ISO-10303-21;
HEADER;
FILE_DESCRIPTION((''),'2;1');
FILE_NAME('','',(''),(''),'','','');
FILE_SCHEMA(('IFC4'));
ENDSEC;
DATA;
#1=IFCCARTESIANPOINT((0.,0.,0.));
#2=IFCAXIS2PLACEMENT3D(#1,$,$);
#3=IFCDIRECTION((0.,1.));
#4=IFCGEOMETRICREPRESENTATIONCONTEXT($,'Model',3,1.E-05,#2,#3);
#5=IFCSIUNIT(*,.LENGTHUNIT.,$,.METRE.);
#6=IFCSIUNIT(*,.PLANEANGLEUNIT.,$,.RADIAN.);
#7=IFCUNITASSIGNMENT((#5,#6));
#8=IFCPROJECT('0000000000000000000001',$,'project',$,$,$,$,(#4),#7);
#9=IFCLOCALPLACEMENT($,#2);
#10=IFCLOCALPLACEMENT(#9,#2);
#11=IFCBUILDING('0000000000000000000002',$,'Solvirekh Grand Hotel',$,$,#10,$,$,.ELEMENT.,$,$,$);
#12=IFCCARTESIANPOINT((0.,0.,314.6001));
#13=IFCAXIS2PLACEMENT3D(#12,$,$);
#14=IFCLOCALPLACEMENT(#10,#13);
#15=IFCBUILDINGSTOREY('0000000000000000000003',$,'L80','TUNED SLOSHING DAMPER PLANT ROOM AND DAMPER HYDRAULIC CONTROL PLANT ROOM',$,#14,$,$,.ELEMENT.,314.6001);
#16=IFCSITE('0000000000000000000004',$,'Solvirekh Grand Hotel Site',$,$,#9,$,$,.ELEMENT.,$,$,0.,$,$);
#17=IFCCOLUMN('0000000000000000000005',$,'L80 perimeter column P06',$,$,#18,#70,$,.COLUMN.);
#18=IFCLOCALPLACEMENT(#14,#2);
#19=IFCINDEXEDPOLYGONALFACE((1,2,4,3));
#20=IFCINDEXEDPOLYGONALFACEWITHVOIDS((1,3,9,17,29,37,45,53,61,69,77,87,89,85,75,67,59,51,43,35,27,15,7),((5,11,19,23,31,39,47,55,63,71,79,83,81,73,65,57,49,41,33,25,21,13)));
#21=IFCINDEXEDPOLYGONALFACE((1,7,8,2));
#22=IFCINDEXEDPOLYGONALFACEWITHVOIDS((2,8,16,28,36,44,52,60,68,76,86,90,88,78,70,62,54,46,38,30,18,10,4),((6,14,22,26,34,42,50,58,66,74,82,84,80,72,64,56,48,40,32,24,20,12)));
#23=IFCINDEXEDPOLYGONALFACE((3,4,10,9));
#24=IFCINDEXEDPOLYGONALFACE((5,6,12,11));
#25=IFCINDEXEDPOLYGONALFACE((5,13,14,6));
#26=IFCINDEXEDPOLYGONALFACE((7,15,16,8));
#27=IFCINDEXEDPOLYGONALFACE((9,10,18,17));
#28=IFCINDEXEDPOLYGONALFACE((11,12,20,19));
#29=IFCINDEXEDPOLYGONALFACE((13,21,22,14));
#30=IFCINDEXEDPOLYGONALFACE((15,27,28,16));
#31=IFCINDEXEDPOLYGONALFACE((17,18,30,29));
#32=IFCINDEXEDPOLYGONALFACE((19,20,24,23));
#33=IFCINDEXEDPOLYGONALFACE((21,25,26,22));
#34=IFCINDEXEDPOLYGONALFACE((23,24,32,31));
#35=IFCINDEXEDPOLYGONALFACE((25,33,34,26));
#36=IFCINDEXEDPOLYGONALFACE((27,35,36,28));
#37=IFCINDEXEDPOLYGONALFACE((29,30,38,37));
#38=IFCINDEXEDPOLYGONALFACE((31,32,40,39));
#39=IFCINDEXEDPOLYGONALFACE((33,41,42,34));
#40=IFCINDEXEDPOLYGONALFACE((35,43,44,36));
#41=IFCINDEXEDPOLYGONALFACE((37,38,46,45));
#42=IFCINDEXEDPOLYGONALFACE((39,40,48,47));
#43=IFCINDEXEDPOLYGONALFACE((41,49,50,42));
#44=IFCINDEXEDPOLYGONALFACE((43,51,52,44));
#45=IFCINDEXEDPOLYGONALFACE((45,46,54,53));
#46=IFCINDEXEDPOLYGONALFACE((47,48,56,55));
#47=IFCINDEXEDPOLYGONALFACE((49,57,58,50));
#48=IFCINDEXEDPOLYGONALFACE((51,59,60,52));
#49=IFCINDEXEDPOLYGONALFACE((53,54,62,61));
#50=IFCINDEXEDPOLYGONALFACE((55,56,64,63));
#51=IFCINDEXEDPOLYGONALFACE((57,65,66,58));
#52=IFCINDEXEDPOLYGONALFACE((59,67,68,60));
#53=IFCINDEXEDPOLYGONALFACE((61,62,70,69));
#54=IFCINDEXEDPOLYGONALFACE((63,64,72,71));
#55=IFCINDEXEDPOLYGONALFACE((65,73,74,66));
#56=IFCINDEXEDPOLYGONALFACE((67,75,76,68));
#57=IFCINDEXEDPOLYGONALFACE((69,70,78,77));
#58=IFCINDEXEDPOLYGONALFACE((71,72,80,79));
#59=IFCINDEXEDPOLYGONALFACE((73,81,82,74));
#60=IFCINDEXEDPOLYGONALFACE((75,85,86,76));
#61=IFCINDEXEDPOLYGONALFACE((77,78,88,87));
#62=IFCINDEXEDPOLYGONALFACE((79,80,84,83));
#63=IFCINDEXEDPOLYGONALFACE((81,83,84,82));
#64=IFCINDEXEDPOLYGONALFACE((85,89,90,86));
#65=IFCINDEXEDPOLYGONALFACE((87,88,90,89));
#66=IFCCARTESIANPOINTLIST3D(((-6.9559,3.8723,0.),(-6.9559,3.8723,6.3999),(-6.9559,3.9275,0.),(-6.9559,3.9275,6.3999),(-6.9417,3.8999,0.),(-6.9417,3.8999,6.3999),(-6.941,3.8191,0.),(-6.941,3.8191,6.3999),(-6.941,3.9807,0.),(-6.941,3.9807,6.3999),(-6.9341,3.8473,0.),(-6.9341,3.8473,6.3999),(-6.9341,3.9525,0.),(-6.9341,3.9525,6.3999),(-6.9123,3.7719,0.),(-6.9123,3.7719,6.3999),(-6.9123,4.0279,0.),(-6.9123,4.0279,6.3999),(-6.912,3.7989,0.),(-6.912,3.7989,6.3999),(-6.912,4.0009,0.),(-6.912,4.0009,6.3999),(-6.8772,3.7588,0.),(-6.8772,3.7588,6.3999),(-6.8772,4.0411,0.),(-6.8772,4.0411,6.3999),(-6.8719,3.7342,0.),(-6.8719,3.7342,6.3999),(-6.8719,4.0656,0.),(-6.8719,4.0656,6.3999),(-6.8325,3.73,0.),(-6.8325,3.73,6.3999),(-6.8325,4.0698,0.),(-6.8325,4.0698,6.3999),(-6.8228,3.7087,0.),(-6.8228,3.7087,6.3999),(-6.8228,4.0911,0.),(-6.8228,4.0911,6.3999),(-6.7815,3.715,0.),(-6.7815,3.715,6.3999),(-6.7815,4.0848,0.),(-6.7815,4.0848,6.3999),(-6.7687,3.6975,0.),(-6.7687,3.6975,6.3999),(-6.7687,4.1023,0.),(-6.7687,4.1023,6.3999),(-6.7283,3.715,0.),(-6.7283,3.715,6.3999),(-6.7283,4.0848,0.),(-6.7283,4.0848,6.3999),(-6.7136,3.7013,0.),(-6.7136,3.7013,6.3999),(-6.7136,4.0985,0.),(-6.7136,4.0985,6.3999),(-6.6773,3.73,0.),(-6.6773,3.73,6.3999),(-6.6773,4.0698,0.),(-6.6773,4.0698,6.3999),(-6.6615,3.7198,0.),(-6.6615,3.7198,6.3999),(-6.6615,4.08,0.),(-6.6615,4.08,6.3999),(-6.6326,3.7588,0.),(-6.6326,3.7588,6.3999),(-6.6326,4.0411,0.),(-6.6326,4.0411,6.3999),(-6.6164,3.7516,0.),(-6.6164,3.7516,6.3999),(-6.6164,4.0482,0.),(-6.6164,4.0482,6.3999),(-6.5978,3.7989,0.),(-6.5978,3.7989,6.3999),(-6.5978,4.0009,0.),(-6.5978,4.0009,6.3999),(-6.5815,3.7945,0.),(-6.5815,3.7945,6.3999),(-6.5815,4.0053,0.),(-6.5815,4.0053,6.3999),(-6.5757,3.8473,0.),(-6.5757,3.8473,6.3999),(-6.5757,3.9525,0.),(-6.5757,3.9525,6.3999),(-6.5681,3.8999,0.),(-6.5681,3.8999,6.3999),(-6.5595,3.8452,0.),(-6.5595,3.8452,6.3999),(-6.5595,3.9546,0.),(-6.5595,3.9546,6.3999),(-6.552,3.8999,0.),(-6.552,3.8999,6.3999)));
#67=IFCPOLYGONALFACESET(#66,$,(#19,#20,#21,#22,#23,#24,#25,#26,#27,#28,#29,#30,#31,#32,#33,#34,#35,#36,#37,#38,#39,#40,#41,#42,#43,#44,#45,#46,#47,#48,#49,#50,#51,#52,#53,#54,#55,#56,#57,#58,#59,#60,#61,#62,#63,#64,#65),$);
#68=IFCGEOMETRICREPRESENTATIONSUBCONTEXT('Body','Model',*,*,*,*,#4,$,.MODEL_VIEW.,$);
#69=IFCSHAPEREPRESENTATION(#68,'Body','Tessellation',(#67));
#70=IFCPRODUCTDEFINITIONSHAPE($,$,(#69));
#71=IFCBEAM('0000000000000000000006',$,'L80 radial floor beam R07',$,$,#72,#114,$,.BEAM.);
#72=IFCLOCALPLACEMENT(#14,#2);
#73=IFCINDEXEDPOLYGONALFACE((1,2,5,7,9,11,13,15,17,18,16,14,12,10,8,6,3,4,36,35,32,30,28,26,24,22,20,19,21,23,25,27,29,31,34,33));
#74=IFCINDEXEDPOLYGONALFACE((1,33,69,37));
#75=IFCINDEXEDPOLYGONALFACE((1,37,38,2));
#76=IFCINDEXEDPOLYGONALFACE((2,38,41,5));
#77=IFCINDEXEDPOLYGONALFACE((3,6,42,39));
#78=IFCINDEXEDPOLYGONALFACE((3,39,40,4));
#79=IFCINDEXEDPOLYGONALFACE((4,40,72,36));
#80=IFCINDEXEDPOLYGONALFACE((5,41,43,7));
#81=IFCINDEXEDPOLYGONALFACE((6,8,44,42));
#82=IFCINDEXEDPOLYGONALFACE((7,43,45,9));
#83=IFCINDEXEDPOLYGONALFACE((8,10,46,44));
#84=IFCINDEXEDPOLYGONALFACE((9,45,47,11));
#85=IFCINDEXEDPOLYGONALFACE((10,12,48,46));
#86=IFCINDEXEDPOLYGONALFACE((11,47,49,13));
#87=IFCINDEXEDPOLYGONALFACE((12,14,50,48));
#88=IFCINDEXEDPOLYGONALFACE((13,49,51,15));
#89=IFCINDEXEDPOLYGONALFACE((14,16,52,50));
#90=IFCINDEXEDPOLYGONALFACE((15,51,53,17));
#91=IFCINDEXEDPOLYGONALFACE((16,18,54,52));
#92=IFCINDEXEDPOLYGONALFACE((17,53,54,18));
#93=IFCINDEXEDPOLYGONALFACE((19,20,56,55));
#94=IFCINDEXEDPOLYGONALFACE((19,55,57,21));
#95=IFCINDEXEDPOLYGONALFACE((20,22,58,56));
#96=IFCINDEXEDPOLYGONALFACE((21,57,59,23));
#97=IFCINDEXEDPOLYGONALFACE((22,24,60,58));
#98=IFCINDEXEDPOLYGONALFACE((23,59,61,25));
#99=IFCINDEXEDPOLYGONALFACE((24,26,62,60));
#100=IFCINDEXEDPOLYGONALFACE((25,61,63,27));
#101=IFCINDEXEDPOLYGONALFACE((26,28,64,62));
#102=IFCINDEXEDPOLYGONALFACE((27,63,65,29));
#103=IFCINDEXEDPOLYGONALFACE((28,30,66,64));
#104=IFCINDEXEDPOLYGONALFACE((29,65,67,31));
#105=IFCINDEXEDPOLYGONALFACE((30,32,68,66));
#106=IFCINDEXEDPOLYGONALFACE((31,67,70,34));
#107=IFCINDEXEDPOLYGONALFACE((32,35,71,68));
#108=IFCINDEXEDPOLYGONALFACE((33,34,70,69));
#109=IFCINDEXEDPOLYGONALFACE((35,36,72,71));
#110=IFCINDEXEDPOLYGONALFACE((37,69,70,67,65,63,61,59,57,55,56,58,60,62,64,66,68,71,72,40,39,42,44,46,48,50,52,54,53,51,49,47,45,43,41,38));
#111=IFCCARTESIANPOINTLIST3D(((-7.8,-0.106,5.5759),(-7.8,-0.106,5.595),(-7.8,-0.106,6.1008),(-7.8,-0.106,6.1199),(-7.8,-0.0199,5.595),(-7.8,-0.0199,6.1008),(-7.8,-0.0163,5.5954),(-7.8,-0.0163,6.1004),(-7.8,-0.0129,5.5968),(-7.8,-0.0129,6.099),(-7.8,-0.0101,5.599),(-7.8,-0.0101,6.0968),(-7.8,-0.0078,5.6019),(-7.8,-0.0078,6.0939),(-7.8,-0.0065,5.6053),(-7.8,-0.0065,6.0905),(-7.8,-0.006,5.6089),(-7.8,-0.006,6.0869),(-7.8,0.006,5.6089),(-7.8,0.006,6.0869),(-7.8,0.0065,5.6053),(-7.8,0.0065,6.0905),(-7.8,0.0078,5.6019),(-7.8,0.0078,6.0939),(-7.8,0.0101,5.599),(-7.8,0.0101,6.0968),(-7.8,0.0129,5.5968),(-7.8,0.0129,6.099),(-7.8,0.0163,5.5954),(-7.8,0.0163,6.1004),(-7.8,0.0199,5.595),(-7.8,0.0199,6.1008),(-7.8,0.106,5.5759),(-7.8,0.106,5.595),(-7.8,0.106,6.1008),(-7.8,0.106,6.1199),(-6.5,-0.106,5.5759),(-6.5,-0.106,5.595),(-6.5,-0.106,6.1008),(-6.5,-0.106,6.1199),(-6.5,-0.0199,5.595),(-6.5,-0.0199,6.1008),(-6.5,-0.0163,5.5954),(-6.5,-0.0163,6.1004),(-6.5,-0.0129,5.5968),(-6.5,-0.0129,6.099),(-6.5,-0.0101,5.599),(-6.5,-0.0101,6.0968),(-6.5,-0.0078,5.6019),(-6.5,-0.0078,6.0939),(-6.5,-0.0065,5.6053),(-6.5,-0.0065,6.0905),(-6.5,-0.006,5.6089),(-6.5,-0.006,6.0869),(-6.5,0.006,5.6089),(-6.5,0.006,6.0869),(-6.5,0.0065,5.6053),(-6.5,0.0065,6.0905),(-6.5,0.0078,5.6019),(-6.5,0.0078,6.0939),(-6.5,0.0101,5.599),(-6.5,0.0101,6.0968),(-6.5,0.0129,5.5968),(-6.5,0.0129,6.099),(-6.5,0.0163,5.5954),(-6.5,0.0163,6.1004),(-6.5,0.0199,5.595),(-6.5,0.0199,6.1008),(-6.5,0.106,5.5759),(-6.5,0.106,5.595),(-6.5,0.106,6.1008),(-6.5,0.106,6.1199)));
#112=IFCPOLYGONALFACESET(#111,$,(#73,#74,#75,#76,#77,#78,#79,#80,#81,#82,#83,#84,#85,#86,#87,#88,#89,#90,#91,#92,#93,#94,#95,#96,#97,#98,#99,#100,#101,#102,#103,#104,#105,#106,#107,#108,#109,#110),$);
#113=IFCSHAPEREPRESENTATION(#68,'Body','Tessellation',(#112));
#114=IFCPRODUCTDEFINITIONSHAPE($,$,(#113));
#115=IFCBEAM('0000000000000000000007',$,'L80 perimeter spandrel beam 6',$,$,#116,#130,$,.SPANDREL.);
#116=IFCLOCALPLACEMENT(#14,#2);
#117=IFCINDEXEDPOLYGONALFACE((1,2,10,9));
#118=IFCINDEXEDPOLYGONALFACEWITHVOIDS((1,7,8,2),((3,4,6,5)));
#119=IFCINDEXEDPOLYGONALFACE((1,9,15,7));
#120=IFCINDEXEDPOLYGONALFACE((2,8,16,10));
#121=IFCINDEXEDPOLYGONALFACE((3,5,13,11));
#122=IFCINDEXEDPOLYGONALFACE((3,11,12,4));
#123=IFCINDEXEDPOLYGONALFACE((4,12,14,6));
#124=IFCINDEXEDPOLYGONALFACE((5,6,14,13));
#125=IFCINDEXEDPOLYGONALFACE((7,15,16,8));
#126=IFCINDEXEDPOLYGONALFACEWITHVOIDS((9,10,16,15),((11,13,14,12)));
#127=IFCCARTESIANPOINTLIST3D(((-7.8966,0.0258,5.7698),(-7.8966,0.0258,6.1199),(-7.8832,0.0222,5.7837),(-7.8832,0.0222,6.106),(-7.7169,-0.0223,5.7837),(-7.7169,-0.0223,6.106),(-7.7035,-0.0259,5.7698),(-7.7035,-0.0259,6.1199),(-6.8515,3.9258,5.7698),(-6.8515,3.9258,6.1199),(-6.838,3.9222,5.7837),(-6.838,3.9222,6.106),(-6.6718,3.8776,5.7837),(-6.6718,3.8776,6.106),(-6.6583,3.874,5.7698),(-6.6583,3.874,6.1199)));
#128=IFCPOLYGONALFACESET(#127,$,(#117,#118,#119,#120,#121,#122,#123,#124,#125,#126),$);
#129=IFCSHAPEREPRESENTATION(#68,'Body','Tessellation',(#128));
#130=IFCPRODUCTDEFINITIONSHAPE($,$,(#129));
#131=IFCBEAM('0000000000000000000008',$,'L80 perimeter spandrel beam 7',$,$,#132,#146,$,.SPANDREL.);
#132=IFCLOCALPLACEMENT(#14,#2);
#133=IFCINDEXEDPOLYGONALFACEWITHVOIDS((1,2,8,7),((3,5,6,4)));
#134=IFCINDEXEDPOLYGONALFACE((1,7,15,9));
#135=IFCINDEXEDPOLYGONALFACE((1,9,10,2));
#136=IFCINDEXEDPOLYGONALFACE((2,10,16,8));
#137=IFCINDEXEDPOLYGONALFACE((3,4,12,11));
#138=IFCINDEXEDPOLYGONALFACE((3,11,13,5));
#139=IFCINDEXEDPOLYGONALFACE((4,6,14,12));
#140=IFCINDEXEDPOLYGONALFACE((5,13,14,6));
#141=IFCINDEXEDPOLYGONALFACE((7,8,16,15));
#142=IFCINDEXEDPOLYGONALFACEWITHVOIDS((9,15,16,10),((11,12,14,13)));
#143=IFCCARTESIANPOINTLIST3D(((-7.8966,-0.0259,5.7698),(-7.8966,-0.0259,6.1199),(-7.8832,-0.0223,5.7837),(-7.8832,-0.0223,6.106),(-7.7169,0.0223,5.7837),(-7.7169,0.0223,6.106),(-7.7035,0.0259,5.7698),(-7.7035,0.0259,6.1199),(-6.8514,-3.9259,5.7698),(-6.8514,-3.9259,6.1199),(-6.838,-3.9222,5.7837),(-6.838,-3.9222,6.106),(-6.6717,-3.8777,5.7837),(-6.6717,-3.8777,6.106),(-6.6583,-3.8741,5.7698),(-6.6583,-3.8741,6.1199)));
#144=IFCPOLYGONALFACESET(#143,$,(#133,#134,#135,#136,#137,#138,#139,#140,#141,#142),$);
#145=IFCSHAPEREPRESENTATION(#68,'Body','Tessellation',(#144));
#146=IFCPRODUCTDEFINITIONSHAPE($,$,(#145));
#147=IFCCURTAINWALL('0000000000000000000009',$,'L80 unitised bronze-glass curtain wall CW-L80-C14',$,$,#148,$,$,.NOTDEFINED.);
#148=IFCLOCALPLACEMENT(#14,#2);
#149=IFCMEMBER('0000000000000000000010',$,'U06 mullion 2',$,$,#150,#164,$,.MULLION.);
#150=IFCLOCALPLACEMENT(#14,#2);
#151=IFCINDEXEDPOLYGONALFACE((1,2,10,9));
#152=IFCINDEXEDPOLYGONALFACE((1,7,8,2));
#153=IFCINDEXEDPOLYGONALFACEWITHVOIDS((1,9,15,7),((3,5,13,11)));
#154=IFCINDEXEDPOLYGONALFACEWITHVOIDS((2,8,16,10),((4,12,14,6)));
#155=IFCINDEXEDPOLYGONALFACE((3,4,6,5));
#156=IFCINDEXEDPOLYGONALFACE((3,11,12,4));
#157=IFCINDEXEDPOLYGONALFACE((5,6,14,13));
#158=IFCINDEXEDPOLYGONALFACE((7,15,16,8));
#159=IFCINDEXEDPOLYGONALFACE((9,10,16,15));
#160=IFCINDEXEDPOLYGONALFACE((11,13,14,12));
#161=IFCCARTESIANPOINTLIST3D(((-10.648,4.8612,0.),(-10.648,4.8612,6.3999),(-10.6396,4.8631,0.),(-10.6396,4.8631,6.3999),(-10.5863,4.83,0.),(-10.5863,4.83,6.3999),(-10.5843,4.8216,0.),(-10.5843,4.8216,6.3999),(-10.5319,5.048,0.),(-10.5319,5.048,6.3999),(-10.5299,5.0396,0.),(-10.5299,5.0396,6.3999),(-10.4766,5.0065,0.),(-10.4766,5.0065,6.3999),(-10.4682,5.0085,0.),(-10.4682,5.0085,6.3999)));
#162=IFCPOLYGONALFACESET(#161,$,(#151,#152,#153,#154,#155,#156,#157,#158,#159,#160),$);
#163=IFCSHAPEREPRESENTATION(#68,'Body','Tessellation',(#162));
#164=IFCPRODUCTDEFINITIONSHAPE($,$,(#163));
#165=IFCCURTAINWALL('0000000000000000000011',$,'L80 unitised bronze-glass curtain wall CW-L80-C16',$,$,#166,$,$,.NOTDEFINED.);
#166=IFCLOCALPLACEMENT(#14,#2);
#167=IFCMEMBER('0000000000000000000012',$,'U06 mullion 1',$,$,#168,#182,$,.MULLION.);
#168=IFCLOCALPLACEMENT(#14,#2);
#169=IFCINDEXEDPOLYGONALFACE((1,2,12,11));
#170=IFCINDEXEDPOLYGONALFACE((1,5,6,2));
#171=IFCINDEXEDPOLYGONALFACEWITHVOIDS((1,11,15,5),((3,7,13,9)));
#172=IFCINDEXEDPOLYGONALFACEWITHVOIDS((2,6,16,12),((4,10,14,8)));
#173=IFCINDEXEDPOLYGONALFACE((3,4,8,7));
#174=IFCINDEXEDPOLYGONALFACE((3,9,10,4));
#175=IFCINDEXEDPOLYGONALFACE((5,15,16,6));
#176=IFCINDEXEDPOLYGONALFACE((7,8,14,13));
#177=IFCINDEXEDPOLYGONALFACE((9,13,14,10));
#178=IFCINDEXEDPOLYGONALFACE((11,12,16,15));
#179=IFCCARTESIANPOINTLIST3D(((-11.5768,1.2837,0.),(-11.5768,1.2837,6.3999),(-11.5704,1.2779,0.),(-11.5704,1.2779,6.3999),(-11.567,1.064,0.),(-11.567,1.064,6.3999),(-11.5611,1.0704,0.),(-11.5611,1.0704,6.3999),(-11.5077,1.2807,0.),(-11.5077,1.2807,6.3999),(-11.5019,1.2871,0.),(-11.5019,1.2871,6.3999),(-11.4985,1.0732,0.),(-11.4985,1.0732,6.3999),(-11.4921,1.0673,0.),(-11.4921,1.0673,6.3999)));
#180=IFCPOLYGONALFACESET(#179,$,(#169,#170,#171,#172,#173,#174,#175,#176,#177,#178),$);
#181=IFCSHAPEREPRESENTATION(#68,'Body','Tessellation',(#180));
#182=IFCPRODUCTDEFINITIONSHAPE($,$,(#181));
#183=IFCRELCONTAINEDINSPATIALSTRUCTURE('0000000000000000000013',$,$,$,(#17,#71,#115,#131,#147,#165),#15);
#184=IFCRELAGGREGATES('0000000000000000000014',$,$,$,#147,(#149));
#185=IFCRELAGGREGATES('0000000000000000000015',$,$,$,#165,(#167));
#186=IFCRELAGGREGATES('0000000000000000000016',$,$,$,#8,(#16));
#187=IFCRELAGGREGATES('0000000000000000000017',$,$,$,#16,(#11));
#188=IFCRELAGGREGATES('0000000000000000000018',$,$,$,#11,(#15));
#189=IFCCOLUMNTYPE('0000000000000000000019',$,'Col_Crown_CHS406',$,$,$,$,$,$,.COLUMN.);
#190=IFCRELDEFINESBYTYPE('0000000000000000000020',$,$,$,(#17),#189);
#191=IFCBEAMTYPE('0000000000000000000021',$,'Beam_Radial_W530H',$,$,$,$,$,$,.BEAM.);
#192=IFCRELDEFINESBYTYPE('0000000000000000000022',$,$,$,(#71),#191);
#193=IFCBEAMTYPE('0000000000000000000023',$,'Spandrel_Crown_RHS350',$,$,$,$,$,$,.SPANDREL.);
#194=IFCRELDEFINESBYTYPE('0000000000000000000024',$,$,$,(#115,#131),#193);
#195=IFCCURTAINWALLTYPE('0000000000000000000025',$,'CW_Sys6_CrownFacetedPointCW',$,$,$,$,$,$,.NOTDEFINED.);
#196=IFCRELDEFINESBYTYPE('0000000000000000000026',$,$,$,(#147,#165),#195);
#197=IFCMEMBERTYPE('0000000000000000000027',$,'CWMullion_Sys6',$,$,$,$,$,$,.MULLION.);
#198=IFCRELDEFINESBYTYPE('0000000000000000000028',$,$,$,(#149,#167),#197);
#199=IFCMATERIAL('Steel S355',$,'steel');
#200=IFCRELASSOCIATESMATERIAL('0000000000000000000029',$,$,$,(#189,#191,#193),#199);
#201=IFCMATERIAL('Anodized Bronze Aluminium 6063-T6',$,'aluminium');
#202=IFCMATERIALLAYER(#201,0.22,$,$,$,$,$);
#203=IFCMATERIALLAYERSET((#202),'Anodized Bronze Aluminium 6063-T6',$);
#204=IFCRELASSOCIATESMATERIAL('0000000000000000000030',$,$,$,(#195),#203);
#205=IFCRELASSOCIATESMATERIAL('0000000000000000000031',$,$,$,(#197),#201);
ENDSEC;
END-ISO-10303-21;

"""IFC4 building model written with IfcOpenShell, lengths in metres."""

from ifc_helpers import new_model, si_unit, direction, frame, origin, origin_2d, place, context, subcontext, project, spatial, hollow_rectangle, hollow_circle, i_section, extrude, source, transform, mapped, material, layer, layer_set, material_profile, profile_set, type_object, element, aggregate, save


model = new_model("IFC4")

# Units and contexts
model_context = context("Model", 3, precision=1e-05, world=origin(), true_north=direction((0.0, 1.0)))
body_context = subcontext(model_context, "Body", "Model", "MODEL_VIEW")
ifc_project = project(units=[si_unit("LENGTHUNIT", "METRE"), si_unit("PLANEANGLEUNIT", "RADIAN")], contexts=[model_context])

# Site, building, storey
site_placement = place(None, origin())
site = spatial("IfcSite", under=ifc_project, at=site_placement, Name="Solvirekh Grand Hotel Site", CompositionType="ELEMENT", RefElevation=0.0)
building_placement = place(site_placement, origin())
building = spatial("IfcBuilding", under=site, at=building_placement, Name="Solvirekh Grand Hotel", CompositionType="ELEMENT")
storey_placement = place(building_placement, frame((0.0, 0.0, 314.6001)))
storey = spatial("IfcBuildingStorey", under=building, at=storey_placement, Name="L80", Description="TUNED SLOSHING DAMPER PLANT ROOM AND DAMPER HYDRAULIC CONTROL PLANT ROOM", CompositionType="ELEMENT", Elevation=314.6001)

# Column
ifc_material_1 = material(Name="Steel S355", Category="steel")
ifc_material_profile_1 = material_profile(ifc_material_1, hollow_circle(Radius=0.2029, WallThickness=0.0161, at=origin_2d()), Name="CHS 406X16")
ifc_profile_set_1 = profile_set([ifc_material_profile_1], Name="Steel S355")
column_type = type_object("IfcColumnType", Name="Col_Crown_CHS406", PredefinedType="COLUMN", material=ifc_profile_set_1)
column_placement = place(storey_placement, frame((-6.7549, 3.8999, 0.0), z_axis=(0.0, 0.0, 1.0), x_axis=(1.0, 0.0, 0.0)))
element("IfcColumn", 1, at=column_placement, inside=storey, type_object=column_type, Name="L80 perimeter column P06", PredefinedType="COLUMN", context=body_context, shape_type="SweptSolid", body=[
    extrude(hollow_circle(Radius=0.2029, WallThickness=0.0161, at=origin_2d()), origin(), (0.0, 0.0, 1.0), 6.3999),
])

# Beams
ifc_material_profile_2 = material_profile(ifc_material_1, i_section(OverallWidth=0.2119, OverallDepth=0.5439, WebThickness=0.012, FlangeThickness=0.019, FilletRadius=0.0139, at=origin_2d()), Name="W530X123")
ifc_profile_set_2 = profile_set([ifc_material_profile_2], Name="Steel S355")
beam_type_1 = type_object("IfcBeamType", Name="Beam_Radial_W530H", PredefinedType="BEAM", material=ifc_profile_set_2)
beam_placement = place(storey_placement, frame((-6.5, 0.0, 5.8479), z_axis=(-1.0, 0.0, 0.0), x_axis=(0.0, -1.0, 0.0)))
element("IfcBeam", 2, at=beam_placement, inside=storey, type_object=beam_type_1, Name="L80 radial floor beam R07", PredefinedType="BEAM", context=body_context, shape_type="SweptSolid", body=[
    extrude(i_section(OverallWidth=0.2119, OverallDepth=0.5439, WebThickness=0.012, FlangeThickness=0.019, FilletRadius=0.0139, at=origin_2d()), origin(), (0.0, 0.0, 1.0), 1.3),
])
ifc_material_profile_3 = material_profile(ifc_material_1, hollow_rectangle(XDim=0.2, YDim=0.3501, WallThickness=0.0139, at=origin_2d()), Name="RHS 350X200X14")
ifc_profile_set_3 = profile_set([ifc_material_profile_3], Name="Steel S355")
beam_type_2 = type_object("IfcBeamType", Name="Spandrel_Crown_RHS350", PredefinedType="SPANDREL", material=ifc_profile_set_3)
for number, where, z_axis, x_axis, name in (
    (3, (-6.7549, 3.8999, 5.9448), (-0.258863, -0.965914, 0.0), (0.965914, -0.258863, 0.0), "L80 perimeter spandrel beam 6"),
    (4, (-7.8, 0.0, 5.9448), (0.258863, -0.965914, 0.0), (0.965914, 0.258863, 0.0), "L80 perimeter spandrel beam 7"),
):
    element("IfcBeam", number, at=place(storey_placement, frame(where, z_axis=z_axis, x_axis=x_axis)), inside=storey, type_object=beam_type_2, Name=name, PredefinedType="SPANDREL", context=body_context, shape_type="SweptSolid", body=[
        extrude(hollow_rectangle(XDim=0.2, YDim=0.3501, WallThickness=0.0139, at=origin_2d()), origin(), (0.0, 0.0, 1.0), 4.0376),
    ])

# Curtain wall, member
ifc_material_2 = material(Name="Anodized Bronze Aluminium 6063-T6", Category="aluminium")
ifc_layer_1 = layer(ifc_material_2, 0.22)
ifc_layer_set_1 = layer_set([ifc_layer_1], Name="Anodized Bronze Aluminium 6063-T6")
curtain_wall_type = type_object("IfcCurtainWallType", Name="CW_Sys6_CrownFacetedPointCW", PredefinedType="NOTDEFINED", material=ifc_layer_set_1)
curtain_wall_1_placement = place(storey_placement, origin())
curtain_wall_1 = element("IfcCurtainWall", 5, at=curtain_wall_1_placement, inside=storey, type_object=curtain_wall_type, Name="L80 unitised bronze-glass curtain wall CW-L80-C14", PredefinedType="NOTDEFINED")
ifc_material_profile_4 = material_profile(ifc_material_2, hollow_rectangle(XDim=0.075, YDim=0.22, WallThickness=0.0061, at=origin_2d()), Name="ALU RHS 220X75X6")
ifc_profile_set_4 = profile_set([ifc_material_profile_4], Name="Anodized Bronze Aluminium 6063-T6")
member_type_1 = type_object("IfcMemberType", Name="CWMullion_Sys6", PredefinedType="MULLION", material=ifc_profile_set_4)
shared_shape_1 = source(origin(), body_context, "Body", "SweptSolid", [
    extrude(hollow_rectangle(XDim=0.075, YDim=0.22, WallThickness=0.0061, at=origin_2d()), origin(), (0.0, 0.0, 1.0), 6.3999),
])
member_1_placement = place(storey_placement, frame((-10.5581, 4.9348, 0.0), z_axis=(0.0, 0.0, 1.0), x_axis=(0.849452, -0.527666, 0.0)))
member_1 = element("IfcMember", 6, at=member_1_placement, type_object=member_type_1, Name="U06 mullion 2", PredefinedType="MULLION", context=body_context, shape_type="MappedRepresentation", body=[
    mapped(shared_shape_1, transform((0.0, 0.0, 0.0), x_axis=(1.0, 0.0, 0.0), y_axis=(0.0, 1.0, 0.0), z_axis=(0.0, 0.0, 1.0), scale=1.0)),
])
aggregate(curtain_wall_1, [member_1])

# Curtain wall, member
curtain_wall_2_placement = place(storey_placement, origin())
curtain_wall_2 = element("IfcCurtainWall", 7, at=curtain_wall_2_placement, inside=storey, type_object=curtain_wall_type, Name="L80 unitised bronze-glass curtain wall CW-L80-C16", PredefinedType="NOTDEFINED")
member_2_placement = place(storey_placement, frame((-11.5344, 1.1755, 0.0), z_axis=(0.0, 0.0, 1.0), x_axis=(0.999006, 0.044587, 0.0)))
member_2 = element("IfcMember", 8, at=member_2_placement, type_object=member_type_1, Name="U06 mullion 1", PredefinedType="MULLION", context=body_context, shape_type="MappedRepresentation", body=[
    mapped(shared_shape_1, transform((0.0, 0.0, 0.0), x_axis=(1.0, 0.0, 0.0), y_axis=(0.0, 1.0, 0.0), z_axis=(0.0, 0.0, 1.0), scale=1.0)),
])
aggregate(curtain_wall_2, [member_2])

save(model, "model.ifc")
